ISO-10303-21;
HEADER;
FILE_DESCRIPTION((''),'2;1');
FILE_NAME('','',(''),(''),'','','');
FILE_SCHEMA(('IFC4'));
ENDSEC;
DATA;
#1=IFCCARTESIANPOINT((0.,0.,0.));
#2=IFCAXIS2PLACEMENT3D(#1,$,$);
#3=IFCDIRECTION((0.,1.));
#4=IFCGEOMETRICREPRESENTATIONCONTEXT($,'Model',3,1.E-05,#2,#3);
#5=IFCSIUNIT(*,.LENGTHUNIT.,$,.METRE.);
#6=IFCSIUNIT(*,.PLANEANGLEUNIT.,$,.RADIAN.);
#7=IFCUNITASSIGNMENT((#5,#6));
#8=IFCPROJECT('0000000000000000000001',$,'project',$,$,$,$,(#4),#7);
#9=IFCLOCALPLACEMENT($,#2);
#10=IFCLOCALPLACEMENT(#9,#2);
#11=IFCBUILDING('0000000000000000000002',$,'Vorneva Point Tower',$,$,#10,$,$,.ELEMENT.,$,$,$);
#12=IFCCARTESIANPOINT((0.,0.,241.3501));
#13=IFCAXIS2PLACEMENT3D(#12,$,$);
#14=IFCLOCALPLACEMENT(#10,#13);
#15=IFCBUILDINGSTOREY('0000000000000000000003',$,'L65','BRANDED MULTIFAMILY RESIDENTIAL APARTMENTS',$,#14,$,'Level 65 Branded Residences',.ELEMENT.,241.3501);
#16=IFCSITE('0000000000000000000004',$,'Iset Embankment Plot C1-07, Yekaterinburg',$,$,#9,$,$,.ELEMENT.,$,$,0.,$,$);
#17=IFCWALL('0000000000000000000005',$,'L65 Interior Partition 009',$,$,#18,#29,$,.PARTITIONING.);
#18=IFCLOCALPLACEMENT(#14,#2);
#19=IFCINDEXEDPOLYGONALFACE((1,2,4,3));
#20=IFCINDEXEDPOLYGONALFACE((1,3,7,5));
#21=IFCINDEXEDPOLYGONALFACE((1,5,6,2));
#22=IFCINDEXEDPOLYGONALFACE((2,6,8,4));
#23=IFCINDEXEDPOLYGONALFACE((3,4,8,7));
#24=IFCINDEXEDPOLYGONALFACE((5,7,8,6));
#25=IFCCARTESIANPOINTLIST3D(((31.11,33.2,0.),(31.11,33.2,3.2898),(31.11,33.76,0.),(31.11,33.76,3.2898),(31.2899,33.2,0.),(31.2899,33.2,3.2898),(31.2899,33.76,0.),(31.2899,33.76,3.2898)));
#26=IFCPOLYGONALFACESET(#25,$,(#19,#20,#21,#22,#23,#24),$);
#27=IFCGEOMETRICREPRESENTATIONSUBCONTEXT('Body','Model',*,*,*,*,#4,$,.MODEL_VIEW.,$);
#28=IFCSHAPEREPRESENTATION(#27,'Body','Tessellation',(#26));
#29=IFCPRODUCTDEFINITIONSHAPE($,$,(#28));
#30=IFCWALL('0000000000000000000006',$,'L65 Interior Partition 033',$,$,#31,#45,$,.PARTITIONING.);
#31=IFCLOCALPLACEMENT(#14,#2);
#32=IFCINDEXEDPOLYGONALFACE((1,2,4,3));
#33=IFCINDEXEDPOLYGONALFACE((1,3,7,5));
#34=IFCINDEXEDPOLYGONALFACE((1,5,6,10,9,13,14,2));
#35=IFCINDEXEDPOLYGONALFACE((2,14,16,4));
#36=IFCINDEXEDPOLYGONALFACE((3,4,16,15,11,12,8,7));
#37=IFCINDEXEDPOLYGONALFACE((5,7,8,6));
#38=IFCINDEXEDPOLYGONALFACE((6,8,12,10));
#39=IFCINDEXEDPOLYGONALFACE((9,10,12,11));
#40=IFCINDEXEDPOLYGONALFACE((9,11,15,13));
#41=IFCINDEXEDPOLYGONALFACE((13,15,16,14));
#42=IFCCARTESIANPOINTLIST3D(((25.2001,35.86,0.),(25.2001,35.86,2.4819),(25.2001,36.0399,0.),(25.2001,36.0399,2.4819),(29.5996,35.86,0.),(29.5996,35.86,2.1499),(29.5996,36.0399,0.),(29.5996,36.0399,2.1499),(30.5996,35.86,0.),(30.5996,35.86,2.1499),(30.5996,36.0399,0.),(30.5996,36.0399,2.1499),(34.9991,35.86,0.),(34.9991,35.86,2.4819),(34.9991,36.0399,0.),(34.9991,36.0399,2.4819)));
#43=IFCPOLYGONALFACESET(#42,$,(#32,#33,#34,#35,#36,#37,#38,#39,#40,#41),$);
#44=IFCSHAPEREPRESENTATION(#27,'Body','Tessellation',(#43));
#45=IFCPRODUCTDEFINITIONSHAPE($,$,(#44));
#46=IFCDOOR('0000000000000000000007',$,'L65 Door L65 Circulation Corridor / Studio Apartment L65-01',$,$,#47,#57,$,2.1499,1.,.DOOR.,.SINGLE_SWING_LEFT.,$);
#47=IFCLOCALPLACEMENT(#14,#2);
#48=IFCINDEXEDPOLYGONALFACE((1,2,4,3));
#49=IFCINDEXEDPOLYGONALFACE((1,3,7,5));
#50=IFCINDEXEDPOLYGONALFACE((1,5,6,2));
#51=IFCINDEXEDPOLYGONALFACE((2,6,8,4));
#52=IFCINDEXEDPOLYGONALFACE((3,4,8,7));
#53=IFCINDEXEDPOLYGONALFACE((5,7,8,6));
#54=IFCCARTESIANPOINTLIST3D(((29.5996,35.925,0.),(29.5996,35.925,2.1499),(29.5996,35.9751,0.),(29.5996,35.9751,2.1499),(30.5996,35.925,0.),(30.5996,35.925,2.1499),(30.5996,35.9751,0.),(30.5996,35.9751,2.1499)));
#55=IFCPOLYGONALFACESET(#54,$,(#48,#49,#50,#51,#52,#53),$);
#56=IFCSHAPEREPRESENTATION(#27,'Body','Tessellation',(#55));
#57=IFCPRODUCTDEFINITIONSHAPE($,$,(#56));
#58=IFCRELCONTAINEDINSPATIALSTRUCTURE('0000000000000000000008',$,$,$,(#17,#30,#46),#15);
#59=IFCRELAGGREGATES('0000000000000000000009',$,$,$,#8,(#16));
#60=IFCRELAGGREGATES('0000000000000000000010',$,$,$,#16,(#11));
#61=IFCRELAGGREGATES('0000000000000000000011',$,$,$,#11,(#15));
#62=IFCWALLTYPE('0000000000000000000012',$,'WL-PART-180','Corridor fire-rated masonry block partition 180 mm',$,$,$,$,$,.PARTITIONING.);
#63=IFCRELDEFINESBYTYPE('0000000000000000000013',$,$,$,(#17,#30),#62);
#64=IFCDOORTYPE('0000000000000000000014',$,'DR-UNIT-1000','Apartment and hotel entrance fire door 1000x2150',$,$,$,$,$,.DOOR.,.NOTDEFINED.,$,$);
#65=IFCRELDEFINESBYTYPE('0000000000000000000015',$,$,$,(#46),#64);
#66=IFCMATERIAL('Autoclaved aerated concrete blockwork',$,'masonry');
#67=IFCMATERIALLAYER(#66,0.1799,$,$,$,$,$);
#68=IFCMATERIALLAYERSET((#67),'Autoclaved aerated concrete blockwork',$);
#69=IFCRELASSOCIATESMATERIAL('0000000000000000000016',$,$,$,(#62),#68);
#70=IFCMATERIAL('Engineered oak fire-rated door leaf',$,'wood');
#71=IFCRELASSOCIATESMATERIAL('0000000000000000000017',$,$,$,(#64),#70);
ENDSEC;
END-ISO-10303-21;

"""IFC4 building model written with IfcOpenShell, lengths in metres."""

from ifc_helpers import new_model, si_unit, direction, frame, frame_2d, origin, place, context, subcontext, project, spatial, rectangle, extrude, material, layer, layer_set, type_object, element, fill, save


model = new_model("IFC4")

# Units and contexts
model_context = context("Model", 3, precision=1e-05, world=origin(), true_north=direction((0.0, 1.0)))
body_context = subcontext(model_context, "Body", "Model", "MODEL_VIEW")
ifc_project = project(units=[si_unit("LENGTHUNIT", "METRE"), si_unit("PLANEANGLEUNIT", "RADIAN")], contexts=[model_context])

# Site, building, storey
site_placement = place(None, origin())
site = spatial("IfcSite", under=ifc_project, at=site_placement, Name="Iset Embankment Plot C1-07, Yekaterinburg", CompositionType="ELEMENT", RefElevation=0.0)
building_placement = place(site_placement, origin())
building = spatial("IfcBuilding", under=site, at=building_placement, Name="Vorneva Point Tower", CompositionType="ELEMENT")
storey_placement = place(building_placement, frame((0.0, 0.0, 241.3501)))
storey = spatial("IfcBuildingStorey", under=building, at=storey_placement, Name="L65", Description="BRANDED MULTIFAMILY RESIDENTIAL APARTMENTS", LongName="Level 65 Branded Residences", CompositionType="ELEMENT", Elevation=241.3501)

# Shared definitions
ifc_material_1 = material(Name="Engineered oak fire-rated door leaf", Category="wood")

# Shared definitions
ifc_material_2 = material(Name="Autoclaved aerated concrete blockwork", Category="masonry")
ifc_layer_1 = layer(ifc_material_2, 0.1799)
ifc_layer_set_1 = layer_set([ifc_layer_1], Name="Autoclaved aerated concrete blockwork")
wall_type_1 = type_object("IfcWallType", Name="WL-PART-180", Description="Corridor fire-rated masonry block partition 180 mm", PredefinedType="PARTITIONING", material=ifc_layer_set_1)

# Wall
wall_1_placement = place(storey_placement, frame((31.2, 33.76, 0.0), z_axis=(0.0, 0.0, 1.0), x_axis=(0.0, -1.0, 0.0)))
element("IfcWall", 1, at=wall_1_placement, inside=storey, type_object=wall_type_1, Name="L65 Interior Partition 009", PredefinedType="PARTITIONING", context=body_context, shape_type="SweptSolid", body=[
    extrude(rectangle(XDim=0.5601, YDim=0.1799, at=frame_2d((0.28, 0.0))), origin(), (0.0, 0.0, 1.0), 3.2898),
])

# Wall, opening, door
wall_2_placement = place(storey_placement, frame((34.999, 35.95, 0.0), z_axis=(0.0, 0.0, 1.0), x_axis=(-1.0, 0.0, 0.0)))
wall_2 = element("IfcWall", 2, at=wall_2_placement, inside=storey, type_object=wall_type_1, Name="L65 Interior Partition 033", PredefinedType="PARTITIONING", context=body_context, shape_type="SweptSolid", body=[
    extrude(rectangle(XDim=9.7991, YDim=0.1799, at=frame_2d((4.8994, 0.0))), origin(), (0.0, 0.0, 1.0), 2.4819),
])
opening_1_placement = place(wall_2_placement, frame((4.3994, 0.0, 0.0)))
opening_1 = element("IfcOpeningElement", 3, at=opening_1_placement, cuts=wall_2, PredefinedType="OPENING", context=body_context, shape_type="SweptSolid", body=[
    extrude(rectangle(XDim=1.0, YDim=2.1499, at=frame_2d((0.5, 1.075))), frame((0.0, 0.105, 0.0), z_axis=(0.0, -1.0, 0.0), x_axis=(1.0, 0.0, 0.0)), (0.0, 0.0, 1.0), 0.2097),
])
door_type_1 = type_object("IfcDoorType", Name="DR-UNIT-1000", Description="Apartment and hotel entrance fire door 1000x2150", OperationType="NOTDEFINED", PredefinedType="DOOR", material=ifc_material_1)
door_1_placement = place(opening_1_placement, origin())
door_1 = element("IfcDoor", 4, at=door_1_placement, inside=storey, type_object=door_type_1, Name="L65 Door L65 Circulation Corridor / Studio Apartment L65-01", OperationType="SINGLE_SWING_LEFT", OverallHeight=2.1499, OverallWidth=1.0, PredefinedType="DOOR", context=body_context, shape_type="SweptSolid", body=[
    extrude(rectangle(XDim=1.0, YDim=2.1499, at=frame_2d((0.5, 1.075))), frame((0.0, 0.0249, 0.0), z_axis=(0.0, -1.0, 0.0), x_axis=(1.0, 0.0, 0.0)), (0.0, 0.0, 1.0), 0.05),
])
fill(opening_1, door_1)

save(model, "model.ifc")
